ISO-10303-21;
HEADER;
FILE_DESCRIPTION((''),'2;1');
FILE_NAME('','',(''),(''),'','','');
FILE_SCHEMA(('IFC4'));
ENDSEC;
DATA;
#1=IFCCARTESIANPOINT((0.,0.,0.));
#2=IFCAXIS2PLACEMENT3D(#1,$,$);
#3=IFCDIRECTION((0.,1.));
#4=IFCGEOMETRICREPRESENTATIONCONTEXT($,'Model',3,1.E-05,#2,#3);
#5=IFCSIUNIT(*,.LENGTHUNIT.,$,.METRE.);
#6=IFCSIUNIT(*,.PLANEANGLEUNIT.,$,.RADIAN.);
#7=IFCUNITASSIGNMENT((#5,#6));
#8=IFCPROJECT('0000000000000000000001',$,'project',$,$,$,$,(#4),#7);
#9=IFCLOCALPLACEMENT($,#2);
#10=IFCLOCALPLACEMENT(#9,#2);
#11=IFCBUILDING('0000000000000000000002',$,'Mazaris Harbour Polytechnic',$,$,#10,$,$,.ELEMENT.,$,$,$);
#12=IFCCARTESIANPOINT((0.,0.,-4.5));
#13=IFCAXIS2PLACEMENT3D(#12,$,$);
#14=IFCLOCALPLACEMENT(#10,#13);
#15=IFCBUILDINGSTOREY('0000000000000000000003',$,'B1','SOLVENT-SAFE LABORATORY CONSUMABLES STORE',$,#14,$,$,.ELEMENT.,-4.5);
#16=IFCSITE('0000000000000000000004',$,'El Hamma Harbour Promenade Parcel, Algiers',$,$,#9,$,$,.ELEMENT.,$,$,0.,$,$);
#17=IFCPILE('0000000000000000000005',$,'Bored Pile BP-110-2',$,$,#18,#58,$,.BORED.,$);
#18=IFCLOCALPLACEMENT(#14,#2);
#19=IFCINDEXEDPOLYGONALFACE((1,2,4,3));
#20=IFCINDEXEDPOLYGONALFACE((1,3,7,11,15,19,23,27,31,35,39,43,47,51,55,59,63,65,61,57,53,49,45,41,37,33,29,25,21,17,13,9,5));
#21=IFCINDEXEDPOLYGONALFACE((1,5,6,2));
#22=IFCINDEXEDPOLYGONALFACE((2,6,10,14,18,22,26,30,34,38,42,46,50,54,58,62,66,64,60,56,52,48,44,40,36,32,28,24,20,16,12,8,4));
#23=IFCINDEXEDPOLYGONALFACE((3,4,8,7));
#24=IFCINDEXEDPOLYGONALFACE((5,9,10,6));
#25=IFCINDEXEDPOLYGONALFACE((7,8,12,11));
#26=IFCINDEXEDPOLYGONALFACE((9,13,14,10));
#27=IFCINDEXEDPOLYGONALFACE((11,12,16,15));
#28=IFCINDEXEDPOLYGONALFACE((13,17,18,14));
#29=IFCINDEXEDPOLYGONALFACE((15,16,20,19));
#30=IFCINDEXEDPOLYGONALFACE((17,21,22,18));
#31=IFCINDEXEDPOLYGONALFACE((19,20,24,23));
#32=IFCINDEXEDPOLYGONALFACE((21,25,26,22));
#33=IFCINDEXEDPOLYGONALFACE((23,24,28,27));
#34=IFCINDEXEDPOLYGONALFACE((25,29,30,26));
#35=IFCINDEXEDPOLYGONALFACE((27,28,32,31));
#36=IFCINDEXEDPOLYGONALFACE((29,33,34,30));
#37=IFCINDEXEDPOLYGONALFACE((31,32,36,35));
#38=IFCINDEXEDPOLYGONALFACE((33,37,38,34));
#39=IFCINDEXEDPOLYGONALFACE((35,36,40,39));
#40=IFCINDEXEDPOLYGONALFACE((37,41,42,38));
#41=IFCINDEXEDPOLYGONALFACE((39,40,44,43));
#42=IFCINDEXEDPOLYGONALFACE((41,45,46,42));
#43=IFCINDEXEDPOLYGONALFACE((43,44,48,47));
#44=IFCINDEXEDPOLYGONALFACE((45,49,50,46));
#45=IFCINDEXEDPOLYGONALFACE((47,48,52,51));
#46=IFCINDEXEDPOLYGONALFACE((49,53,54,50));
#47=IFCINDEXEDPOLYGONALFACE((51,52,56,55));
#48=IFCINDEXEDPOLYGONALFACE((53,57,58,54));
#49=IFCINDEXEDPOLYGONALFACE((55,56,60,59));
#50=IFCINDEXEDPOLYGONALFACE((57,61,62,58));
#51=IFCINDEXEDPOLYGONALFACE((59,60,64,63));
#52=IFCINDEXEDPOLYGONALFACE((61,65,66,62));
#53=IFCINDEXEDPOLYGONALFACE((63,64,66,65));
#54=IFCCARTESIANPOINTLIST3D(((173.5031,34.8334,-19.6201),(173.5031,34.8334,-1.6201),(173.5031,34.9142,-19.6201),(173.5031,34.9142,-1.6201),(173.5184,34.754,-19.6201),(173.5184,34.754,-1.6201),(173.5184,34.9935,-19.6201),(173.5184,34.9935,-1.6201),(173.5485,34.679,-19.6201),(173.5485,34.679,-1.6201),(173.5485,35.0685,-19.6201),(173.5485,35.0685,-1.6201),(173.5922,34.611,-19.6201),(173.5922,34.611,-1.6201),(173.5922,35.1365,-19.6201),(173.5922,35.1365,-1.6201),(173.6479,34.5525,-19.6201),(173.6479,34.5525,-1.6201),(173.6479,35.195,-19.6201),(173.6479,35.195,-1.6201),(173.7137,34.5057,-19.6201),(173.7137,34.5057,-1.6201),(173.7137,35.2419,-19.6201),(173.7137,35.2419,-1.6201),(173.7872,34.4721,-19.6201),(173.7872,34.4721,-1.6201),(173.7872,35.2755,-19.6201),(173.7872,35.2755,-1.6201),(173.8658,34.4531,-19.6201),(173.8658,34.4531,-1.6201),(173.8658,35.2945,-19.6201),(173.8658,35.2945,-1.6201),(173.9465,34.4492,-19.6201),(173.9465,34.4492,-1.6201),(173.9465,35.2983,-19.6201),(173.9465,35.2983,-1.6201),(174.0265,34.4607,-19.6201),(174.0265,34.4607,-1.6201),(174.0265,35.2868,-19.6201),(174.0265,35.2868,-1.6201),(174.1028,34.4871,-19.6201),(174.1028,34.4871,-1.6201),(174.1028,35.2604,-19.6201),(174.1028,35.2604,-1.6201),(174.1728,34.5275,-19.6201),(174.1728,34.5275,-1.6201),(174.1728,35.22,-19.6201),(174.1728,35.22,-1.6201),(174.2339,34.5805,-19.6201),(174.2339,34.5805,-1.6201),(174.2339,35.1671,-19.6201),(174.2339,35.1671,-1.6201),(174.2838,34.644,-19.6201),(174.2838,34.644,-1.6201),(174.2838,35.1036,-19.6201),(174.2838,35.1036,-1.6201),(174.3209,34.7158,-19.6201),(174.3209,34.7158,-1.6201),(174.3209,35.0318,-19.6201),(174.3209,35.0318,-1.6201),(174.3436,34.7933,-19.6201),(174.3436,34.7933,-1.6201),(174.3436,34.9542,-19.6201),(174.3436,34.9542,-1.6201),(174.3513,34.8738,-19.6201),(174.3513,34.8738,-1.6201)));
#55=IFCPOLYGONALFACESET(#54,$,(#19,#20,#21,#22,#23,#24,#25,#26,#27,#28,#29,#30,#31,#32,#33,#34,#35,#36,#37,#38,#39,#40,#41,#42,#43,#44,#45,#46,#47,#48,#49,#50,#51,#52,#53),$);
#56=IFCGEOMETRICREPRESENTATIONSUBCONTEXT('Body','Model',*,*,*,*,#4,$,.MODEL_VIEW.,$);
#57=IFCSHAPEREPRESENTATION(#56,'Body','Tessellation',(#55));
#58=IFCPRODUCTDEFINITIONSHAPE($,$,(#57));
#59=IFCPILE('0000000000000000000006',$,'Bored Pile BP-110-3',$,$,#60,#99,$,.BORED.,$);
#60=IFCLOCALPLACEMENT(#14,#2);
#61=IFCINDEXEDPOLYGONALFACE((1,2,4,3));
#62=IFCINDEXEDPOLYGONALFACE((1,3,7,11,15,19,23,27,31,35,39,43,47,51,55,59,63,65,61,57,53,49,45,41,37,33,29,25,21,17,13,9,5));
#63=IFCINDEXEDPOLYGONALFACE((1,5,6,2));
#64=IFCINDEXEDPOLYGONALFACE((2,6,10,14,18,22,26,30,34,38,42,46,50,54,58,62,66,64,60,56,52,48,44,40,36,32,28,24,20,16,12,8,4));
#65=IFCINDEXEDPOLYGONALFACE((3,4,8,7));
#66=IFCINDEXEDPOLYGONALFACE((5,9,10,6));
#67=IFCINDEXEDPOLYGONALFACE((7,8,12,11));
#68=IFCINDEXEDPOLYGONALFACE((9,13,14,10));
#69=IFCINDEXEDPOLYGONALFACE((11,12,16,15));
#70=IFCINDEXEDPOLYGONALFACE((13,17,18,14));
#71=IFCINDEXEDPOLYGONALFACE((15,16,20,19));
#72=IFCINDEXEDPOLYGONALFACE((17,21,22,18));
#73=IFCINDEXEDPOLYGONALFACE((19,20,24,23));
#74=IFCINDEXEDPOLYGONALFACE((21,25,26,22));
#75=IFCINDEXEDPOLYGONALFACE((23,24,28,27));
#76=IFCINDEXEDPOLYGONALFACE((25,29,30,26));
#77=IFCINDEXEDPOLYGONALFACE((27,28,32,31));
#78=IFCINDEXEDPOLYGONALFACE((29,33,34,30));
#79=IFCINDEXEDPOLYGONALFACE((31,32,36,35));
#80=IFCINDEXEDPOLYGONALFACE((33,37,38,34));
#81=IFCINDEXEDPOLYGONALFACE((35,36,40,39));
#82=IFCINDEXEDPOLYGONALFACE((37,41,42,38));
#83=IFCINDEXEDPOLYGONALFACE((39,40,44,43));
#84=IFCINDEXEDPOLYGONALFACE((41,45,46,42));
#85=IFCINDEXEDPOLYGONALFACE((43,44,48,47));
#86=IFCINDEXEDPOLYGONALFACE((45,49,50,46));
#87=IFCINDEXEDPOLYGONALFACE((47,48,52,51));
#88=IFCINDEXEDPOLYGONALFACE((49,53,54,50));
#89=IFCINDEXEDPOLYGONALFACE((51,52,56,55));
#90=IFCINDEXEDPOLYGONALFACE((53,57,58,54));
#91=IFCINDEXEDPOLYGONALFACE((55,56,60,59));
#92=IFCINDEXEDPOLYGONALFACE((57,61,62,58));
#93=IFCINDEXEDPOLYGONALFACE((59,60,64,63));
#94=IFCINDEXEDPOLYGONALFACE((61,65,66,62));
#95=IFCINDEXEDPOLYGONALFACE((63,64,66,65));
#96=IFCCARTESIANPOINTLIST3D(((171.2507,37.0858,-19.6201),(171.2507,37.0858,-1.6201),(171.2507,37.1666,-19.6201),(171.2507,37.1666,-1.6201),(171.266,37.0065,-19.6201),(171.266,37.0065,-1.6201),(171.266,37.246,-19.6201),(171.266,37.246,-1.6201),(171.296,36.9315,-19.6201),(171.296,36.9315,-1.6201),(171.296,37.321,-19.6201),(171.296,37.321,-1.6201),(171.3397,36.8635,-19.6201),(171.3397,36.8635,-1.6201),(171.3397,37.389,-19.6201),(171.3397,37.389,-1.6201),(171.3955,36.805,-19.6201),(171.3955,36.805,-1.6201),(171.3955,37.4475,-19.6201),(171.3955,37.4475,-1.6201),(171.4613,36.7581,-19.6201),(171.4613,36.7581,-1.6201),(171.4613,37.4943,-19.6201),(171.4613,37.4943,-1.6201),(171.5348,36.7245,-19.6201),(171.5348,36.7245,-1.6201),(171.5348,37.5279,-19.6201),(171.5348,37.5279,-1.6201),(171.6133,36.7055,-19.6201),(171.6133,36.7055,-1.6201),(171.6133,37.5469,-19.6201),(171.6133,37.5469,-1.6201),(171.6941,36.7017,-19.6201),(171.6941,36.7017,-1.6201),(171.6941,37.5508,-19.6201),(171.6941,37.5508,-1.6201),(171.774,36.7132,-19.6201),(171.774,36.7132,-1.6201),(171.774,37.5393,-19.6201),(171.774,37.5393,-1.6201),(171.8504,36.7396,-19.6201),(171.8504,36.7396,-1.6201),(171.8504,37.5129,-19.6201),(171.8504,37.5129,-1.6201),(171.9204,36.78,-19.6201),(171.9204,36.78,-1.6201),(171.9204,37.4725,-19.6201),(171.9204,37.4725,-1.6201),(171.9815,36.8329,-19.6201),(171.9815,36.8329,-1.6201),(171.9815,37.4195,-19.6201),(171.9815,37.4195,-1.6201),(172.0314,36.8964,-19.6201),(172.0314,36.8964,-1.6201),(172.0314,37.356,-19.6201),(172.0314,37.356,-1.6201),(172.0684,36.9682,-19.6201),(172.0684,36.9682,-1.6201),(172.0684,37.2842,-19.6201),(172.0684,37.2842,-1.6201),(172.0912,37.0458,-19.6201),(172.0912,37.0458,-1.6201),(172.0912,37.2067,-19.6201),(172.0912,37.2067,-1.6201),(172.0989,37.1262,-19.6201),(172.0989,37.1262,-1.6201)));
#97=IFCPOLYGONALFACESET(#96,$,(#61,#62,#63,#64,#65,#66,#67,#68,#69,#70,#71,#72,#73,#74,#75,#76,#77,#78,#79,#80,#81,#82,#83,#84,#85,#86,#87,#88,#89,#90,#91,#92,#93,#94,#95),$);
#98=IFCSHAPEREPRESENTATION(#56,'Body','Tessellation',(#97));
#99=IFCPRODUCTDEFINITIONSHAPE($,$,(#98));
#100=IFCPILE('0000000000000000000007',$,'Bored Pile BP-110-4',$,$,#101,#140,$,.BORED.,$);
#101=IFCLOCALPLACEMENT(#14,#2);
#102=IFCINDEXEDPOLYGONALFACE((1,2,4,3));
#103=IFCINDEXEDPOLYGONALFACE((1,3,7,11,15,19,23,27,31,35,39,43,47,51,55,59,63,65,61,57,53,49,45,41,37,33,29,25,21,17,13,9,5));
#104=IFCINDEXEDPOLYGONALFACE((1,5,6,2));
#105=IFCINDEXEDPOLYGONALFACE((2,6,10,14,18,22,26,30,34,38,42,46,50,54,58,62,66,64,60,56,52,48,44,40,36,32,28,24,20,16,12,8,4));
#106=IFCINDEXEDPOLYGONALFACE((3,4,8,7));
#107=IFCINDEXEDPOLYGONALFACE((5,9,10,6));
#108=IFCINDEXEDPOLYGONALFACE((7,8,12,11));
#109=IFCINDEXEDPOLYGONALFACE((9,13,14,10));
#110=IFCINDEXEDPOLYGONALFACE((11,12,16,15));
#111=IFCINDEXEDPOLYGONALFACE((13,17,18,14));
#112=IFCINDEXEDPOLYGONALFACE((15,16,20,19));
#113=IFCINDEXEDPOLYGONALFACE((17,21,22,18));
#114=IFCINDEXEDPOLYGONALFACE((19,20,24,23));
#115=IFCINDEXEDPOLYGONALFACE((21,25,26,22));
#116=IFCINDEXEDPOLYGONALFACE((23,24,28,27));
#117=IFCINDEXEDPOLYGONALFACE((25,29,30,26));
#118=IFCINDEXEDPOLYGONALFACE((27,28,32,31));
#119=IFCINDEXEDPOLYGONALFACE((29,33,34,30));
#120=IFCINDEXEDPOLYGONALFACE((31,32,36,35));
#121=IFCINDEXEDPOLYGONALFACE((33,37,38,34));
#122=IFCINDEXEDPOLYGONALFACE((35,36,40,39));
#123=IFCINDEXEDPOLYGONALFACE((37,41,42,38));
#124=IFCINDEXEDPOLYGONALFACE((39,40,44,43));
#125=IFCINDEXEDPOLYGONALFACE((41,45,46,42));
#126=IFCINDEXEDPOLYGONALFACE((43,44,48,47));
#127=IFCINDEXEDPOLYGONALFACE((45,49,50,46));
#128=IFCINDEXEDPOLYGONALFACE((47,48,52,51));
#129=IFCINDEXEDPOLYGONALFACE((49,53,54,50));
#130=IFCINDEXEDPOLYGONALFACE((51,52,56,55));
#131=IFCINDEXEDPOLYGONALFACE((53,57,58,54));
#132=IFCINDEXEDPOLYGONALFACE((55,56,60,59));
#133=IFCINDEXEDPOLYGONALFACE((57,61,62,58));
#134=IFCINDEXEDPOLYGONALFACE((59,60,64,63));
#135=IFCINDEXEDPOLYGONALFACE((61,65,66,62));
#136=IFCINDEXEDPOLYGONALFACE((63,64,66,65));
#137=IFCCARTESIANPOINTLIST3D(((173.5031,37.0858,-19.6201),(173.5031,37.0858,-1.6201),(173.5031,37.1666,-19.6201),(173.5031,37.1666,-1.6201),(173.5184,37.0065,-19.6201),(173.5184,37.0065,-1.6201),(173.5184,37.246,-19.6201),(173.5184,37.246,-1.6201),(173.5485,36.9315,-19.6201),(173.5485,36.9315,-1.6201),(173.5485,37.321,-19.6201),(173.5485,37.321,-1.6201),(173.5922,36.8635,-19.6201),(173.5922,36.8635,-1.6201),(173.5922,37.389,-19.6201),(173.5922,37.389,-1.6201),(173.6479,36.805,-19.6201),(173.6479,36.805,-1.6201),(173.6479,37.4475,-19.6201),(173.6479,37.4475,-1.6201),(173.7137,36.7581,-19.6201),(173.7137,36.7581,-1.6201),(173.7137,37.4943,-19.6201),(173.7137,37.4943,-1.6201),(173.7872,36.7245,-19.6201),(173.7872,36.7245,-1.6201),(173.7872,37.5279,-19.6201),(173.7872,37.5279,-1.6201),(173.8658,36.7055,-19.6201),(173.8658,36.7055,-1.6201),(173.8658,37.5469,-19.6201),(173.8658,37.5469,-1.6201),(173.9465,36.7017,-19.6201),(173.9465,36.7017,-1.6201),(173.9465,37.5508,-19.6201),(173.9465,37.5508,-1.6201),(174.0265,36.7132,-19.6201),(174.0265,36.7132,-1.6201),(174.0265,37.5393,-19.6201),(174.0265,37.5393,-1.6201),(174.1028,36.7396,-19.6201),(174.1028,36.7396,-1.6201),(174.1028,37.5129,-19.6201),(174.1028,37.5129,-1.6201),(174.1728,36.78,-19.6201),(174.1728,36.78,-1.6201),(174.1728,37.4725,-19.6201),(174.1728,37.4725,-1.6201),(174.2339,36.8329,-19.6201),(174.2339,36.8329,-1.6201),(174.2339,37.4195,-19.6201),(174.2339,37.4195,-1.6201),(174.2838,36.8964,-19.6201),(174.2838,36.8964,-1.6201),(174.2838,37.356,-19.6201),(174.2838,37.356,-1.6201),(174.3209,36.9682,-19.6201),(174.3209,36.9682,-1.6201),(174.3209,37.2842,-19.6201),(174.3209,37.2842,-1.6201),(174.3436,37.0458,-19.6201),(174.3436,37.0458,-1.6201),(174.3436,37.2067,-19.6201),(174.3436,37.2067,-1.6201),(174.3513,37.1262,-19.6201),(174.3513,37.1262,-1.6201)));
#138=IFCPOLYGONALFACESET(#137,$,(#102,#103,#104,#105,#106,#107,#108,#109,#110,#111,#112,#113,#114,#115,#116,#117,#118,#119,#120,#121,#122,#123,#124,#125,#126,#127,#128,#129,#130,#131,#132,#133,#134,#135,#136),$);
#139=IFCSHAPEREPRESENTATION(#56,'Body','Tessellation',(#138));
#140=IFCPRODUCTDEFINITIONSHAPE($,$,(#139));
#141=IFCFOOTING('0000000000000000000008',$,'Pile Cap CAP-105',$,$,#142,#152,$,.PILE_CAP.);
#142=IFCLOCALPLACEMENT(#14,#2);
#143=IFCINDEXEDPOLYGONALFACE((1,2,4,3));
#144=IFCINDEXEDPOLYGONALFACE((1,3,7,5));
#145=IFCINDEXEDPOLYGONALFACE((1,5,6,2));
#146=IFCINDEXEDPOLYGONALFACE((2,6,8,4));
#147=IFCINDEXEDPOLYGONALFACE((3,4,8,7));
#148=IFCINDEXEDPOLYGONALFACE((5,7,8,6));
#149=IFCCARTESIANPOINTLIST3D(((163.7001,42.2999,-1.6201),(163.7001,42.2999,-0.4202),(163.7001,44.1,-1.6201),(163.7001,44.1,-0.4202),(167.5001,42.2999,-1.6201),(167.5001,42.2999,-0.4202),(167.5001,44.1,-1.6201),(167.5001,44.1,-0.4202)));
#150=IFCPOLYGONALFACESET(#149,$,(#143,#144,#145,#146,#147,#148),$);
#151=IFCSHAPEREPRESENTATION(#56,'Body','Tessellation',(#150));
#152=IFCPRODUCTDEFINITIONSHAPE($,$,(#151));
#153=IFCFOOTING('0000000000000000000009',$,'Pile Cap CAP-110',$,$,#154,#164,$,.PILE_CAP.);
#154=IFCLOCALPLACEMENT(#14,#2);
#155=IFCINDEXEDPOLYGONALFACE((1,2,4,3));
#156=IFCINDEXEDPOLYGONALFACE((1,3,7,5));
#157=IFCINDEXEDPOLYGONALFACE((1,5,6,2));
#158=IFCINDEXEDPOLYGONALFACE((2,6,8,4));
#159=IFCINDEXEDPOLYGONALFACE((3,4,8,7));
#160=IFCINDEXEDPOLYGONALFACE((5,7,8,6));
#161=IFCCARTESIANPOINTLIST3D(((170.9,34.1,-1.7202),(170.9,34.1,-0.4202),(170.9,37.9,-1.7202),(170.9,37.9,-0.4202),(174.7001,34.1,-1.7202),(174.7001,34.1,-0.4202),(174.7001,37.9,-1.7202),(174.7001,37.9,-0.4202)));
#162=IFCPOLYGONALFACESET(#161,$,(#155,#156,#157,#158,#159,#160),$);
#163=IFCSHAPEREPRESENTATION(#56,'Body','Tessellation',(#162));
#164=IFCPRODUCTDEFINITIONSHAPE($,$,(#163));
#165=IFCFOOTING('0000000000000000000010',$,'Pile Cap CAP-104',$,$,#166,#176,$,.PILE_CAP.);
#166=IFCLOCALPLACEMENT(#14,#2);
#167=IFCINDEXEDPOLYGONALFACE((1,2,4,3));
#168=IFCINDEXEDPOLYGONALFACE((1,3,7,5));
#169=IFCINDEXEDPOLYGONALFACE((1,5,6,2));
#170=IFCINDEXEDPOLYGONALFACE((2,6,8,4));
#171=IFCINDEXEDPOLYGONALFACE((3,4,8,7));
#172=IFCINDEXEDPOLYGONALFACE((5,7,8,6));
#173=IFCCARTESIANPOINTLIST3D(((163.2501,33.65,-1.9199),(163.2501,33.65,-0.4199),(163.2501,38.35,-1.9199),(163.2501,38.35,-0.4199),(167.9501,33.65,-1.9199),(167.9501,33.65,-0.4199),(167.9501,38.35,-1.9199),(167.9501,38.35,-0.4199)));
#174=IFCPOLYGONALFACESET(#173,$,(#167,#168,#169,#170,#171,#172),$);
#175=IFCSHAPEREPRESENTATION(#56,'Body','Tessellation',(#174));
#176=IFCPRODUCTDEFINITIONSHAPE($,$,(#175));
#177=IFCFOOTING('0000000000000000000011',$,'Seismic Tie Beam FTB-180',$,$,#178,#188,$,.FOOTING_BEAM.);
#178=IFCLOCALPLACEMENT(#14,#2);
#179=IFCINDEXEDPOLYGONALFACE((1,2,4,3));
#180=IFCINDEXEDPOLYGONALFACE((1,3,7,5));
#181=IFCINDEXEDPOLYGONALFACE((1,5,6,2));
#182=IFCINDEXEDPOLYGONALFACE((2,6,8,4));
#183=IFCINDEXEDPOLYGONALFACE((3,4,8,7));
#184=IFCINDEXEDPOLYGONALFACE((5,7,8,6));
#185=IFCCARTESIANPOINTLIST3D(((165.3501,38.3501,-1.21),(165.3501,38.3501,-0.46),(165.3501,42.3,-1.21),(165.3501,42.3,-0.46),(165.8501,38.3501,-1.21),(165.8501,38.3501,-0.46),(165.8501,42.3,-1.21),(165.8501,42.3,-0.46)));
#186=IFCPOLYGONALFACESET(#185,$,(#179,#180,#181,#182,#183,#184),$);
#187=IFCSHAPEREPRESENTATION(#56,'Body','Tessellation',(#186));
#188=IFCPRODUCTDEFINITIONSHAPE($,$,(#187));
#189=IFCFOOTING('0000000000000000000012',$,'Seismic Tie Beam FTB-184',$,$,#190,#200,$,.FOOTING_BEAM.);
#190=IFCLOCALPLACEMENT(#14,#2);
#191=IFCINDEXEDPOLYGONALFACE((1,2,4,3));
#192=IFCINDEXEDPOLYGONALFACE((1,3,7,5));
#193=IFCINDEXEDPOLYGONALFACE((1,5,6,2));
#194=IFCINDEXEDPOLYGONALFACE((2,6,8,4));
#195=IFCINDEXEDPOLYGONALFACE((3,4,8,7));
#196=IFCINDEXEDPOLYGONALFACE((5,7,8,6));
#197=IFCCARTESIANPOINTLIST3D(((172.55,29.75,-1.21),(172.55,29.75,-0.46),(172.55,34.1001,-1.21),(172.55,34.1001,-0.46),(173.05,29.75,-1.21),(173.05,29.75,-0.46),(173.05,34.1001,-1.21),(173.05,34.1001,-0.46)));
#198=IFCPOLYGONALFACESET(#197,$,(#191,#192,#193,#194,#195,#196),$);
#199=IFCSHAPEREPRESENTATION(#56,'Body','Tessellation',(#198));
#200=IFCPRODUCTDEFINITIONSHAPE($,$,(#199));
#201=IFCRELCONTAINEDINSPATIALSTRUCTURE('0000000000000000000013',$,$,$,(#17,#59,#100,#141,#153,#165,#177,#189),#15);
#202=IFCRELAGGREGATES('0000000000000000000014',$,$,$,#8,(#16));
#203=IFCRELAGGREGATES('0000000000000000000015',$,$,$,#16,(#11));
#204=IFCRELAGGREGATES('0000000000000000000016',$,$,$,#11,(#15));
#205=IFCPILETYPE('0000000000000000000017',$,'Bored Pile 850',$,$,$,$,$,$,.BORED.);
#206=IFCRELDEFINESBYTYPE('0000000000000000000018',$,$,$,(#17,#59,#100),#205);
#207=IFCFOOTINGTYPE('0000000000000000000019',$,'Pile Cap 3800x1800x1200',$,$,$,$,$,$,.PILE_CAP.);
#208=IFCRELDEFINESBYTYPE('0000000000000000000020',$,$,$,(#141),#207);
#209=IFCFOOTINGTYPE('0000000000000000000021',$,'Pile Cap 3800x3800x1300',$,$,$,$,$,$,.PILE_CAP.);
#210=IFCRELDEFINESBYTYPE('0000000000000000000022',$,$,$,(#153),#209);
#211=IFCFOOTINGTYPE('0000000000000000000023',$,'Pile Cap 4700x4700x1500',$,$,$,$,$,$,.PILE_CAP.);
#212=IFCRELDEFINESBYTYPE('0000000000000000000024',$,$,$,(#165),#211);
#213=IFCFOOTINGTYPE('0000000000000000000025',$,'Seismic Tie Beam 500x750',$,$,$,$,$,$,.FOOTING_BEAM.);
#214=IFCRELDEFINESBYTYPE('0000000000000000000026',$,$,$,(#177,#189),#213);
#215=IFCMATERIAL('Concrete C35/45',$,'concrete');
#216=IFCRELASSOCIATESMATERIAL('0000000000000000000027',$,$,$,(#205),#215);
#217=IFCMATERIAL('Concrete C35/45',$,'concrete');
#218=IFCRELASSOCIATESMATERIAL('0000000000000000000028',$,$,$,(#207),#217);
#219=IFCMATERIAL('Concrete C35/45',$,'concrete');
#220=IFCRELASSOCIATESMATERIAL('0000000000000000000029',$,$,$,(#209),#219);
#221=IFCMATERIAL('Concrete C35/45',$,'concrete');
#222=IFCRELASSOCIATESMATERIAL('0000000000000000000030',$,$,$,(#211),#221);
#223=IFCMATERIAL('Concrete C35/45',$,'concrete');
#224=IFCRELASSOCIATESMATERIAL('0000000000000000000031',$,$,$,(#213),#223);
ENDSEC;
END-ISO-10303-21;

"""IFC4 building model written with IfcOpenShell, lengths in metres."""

from ifc_helpers import new_model, si_unit, direction, frame, origin, origin_2d, place, context, subcontext, project, spatial, rectangle, circle, extrude, material, material_profile, profile_set, type_object, element, save


model = new_model("IFC4")

# Units and contexts
model_context = context("Model", 3, precision=1e-05, world=origin(), true_north=direction((0.0, 1.0)))
body_context = subcontext(model_context, "Body", "Model", "MODEL_VIEW")
ifc_project = project(units=[si_unit("LENGTHUNIT", "METRE"), si_unit("PLANEANGLEUNIT", "RADIAN")], contexts=[model_context])

# Site, building, storey
site_placement = place(None, origin())
site = spatial("IfcSite", under=ifc_project, at=site_placement, Name="El Hamma Harbour Promenade Parcel, Algiers", CompositionType="ELEMENT", RefElevation=0.0)
building_placement = place(site_placement, origin())
building = spatial("IfcBuilding", under=site, at=building_placement, Name="Mazaris Harbour Polytechnic", CompositionType="ELEMENT")
storey_placement = place(building_placement, frame((0.0, 0.0, -4.5)))
storey = spatial("IfcBuildingStorey", under=building, at=storey_placement, Name="B1", Description="SOLVENT-SAFE LABORATORY CONSUMABLES STORE", CompositionType="ELEMENT", Elevation=-4.5)

# Piles
ifc_material_1 = material(Name="Concrete C35/45", Category="concrete")
ifc_material_profile_1 = material_profile(ifc_material_1, circle(Radius=0.425, at=origin_2d()), Name="DIA850")
ifc_profile_set_1 = profile_set([ifc_material_profile_1], Name="Concrete C35/45")
pile_type_1 = type_object("IfcPileType", Name="Bored Pile 850", PredefinedType="BORED", material=ifc_profile_set_1)
for number, where, z_axis, x_axis, name in (
    (1, (173.9263, 34.8738, -1.6201), (0.0, 0.0, -1.0), (1.0, 0.0, 0.0), "Bored Pile BP-110-2"),
    (2, (171.6738, 37.1262, -1.6201), (0.0, 0.0, -1.0), (1.0, 0.0, 0.0), "Bored Pile BP-110-3"),
    (3, (173.9263, 37.1262, -1.6201), (0.0, 0.0, -1.0), (1.0, 0.0, 0.0), "Bored Pile BP-110-4"),
):
    element("IfcPile", number, at=place(storey_placement, frame(where, z_axis=z_axis, x_axis=x_axis)), inside=storey, type_object=pile_type_1, Name=name, PredefinedType="BORED", context=body_context, shape_type="SweptSolid", body=[
        extrude(circle(Radius=0.425, at=origin_2d()), origin(), (0.0, 0.0, 1.0), 18.0),
    ])

# Footings
ifc_material_2 = material(Name="Concrete C35/45", Category="concrete")
footing_type_1 = type_object("IfcFootingType", Name="Pile Cap 3800x1800x1200", PredefinedType="PILE_CAP", material=ifc_material_2)
footing_1_placement = place(storey_placement, frame((165.6001, 43.2, -1.6201), z_axis=(0.0, 0.0, 1.0), x_axis=(1.0, 0.0, 0.0)))
element("IfcFooting", 4, at=footing_1_placement, inside=storey, type_object=footing_type_1, Name="Pile Cap CAP-105", PredefinedType="PILE_CAP", context=body_context, shape_type="SweptSolid", body=[
    extrude(rectangle(XDim=3.8, YDim=1.8, at=origin_2d()), origin(), (0.0, 0.0, 1.0), 1.2),
])
ifc_material_3 = material(Name="Concrete C35/45", Category="concrete")
footing_type_2 = type_object("IfcFootingType", Name="Pile Cap 3800x3800x1300", PredefinedType="PILE_CAP", material=ifc_material_3)
footing_2_placement = place(storey_placement, frame((172.8, 36.0, -1.7202), z_axis=(0.0, 0.0, 1.0), x_axis=(1.0, 0.0, 0.0)))
element("IfcFooting", 5, at=footing_2_placement, inside=storey, type_object=footing_type_2, Name="Pile Cap CAP-110", PredefinedType="PILE_CAP", context=body_context, shape_type="SweptSolid", body=[
    extrude(rectangle(XDim=3.8, YDim=3.8, at=origin_2d()), origin(), (0.0, 0.0, 1.0), 1.3),
])
ifc_material_4 = material(Name="Concrete C35/45", Category="concrete")
footing_type_3 = type_object("IfcFootingType", Name="Pile Cap 4700x4700x1500", PredefinedType="PILE_CAP", material=ifc_material_4)
footing_3_placement = place(storey_placement, frame((165.6001, 36.0, -1.9199), z_axis=(0.0, 0.0, 1.0), x_axis=(1.0, 0.0, 0.0)))
element("IfcFooting", 6, at=footing_3_placement, inside=storey, type_object=footing_type_3, Name="Pile Cap CAP-104", PredefinedType="PILE_CAP", context=body_context, shape_type="SweptSolid", body=[
    extrude(rectangle(XDim=4.7, YDim=4.7, at=origin_2d()), origin(), (0.0, 0.0, 1.0), 1.5),
])
ifc_material_5 = material(Name="Concrete C35/45", Category="concrete")
ifc_material_profile_2 = material_profile(ifc_material_5, rectangle(XDim=0.5, YDim=0.75, at=origin_2d()), Name="RECT500x750")
ifc_profile_set_2 = profile_set([ifc_material_profile_2], Name="Concrete C35/45")
footing_type_4 = type_object("IfcFootingType", Name="Seismic Tie Beam 500x750", PredefinedType="FOOTING_BEAM", material=ifc_profile_set_2)
footing_4_placement = place(storey_placement, frame((165.6001, 38.3501, -0.835), z_axis=(0.0, 1.0, 0.0), x_axis=(-1.0, 0.0, 0.0)))
element("IfcFooting", 7, at=footing_4_placement, inside=storey, type_object=footing_type_4, Name="Seismic Tie Beam FTB-180", PredefinedType="FOOTING_BEAM", context=body_context, shape_type="SweptSolid", body=[
    extrude(rectangle(XDim=0.5, YDim=0.75, at=origin_2d()), origin(), (0.0, 0.0, 1.0), 3.95),
])
footing_5_placement = place(storey_placement, frame((172.8, 29.75, -0.835), z_axis=(0.0, 1.0, 0.0), x_axis=(-1.0, 0.0, 0.0)))
element("IfcFooting", 8, at=footing_5_placement, inside=storey, type_object=footing_type_4, Name="Seismic Tie Beam FTB-184", PredefinedType="FOOTING_BEAM", context=body_context, shape_type="SweptSolid", body=[
    extrude(rectangle(XDim=0.5, YDim=0.75, at=origin_2d()), origin(), (0.0, 0.0, 1.0), 4.3501),
])

save(model, "model.ifc")
